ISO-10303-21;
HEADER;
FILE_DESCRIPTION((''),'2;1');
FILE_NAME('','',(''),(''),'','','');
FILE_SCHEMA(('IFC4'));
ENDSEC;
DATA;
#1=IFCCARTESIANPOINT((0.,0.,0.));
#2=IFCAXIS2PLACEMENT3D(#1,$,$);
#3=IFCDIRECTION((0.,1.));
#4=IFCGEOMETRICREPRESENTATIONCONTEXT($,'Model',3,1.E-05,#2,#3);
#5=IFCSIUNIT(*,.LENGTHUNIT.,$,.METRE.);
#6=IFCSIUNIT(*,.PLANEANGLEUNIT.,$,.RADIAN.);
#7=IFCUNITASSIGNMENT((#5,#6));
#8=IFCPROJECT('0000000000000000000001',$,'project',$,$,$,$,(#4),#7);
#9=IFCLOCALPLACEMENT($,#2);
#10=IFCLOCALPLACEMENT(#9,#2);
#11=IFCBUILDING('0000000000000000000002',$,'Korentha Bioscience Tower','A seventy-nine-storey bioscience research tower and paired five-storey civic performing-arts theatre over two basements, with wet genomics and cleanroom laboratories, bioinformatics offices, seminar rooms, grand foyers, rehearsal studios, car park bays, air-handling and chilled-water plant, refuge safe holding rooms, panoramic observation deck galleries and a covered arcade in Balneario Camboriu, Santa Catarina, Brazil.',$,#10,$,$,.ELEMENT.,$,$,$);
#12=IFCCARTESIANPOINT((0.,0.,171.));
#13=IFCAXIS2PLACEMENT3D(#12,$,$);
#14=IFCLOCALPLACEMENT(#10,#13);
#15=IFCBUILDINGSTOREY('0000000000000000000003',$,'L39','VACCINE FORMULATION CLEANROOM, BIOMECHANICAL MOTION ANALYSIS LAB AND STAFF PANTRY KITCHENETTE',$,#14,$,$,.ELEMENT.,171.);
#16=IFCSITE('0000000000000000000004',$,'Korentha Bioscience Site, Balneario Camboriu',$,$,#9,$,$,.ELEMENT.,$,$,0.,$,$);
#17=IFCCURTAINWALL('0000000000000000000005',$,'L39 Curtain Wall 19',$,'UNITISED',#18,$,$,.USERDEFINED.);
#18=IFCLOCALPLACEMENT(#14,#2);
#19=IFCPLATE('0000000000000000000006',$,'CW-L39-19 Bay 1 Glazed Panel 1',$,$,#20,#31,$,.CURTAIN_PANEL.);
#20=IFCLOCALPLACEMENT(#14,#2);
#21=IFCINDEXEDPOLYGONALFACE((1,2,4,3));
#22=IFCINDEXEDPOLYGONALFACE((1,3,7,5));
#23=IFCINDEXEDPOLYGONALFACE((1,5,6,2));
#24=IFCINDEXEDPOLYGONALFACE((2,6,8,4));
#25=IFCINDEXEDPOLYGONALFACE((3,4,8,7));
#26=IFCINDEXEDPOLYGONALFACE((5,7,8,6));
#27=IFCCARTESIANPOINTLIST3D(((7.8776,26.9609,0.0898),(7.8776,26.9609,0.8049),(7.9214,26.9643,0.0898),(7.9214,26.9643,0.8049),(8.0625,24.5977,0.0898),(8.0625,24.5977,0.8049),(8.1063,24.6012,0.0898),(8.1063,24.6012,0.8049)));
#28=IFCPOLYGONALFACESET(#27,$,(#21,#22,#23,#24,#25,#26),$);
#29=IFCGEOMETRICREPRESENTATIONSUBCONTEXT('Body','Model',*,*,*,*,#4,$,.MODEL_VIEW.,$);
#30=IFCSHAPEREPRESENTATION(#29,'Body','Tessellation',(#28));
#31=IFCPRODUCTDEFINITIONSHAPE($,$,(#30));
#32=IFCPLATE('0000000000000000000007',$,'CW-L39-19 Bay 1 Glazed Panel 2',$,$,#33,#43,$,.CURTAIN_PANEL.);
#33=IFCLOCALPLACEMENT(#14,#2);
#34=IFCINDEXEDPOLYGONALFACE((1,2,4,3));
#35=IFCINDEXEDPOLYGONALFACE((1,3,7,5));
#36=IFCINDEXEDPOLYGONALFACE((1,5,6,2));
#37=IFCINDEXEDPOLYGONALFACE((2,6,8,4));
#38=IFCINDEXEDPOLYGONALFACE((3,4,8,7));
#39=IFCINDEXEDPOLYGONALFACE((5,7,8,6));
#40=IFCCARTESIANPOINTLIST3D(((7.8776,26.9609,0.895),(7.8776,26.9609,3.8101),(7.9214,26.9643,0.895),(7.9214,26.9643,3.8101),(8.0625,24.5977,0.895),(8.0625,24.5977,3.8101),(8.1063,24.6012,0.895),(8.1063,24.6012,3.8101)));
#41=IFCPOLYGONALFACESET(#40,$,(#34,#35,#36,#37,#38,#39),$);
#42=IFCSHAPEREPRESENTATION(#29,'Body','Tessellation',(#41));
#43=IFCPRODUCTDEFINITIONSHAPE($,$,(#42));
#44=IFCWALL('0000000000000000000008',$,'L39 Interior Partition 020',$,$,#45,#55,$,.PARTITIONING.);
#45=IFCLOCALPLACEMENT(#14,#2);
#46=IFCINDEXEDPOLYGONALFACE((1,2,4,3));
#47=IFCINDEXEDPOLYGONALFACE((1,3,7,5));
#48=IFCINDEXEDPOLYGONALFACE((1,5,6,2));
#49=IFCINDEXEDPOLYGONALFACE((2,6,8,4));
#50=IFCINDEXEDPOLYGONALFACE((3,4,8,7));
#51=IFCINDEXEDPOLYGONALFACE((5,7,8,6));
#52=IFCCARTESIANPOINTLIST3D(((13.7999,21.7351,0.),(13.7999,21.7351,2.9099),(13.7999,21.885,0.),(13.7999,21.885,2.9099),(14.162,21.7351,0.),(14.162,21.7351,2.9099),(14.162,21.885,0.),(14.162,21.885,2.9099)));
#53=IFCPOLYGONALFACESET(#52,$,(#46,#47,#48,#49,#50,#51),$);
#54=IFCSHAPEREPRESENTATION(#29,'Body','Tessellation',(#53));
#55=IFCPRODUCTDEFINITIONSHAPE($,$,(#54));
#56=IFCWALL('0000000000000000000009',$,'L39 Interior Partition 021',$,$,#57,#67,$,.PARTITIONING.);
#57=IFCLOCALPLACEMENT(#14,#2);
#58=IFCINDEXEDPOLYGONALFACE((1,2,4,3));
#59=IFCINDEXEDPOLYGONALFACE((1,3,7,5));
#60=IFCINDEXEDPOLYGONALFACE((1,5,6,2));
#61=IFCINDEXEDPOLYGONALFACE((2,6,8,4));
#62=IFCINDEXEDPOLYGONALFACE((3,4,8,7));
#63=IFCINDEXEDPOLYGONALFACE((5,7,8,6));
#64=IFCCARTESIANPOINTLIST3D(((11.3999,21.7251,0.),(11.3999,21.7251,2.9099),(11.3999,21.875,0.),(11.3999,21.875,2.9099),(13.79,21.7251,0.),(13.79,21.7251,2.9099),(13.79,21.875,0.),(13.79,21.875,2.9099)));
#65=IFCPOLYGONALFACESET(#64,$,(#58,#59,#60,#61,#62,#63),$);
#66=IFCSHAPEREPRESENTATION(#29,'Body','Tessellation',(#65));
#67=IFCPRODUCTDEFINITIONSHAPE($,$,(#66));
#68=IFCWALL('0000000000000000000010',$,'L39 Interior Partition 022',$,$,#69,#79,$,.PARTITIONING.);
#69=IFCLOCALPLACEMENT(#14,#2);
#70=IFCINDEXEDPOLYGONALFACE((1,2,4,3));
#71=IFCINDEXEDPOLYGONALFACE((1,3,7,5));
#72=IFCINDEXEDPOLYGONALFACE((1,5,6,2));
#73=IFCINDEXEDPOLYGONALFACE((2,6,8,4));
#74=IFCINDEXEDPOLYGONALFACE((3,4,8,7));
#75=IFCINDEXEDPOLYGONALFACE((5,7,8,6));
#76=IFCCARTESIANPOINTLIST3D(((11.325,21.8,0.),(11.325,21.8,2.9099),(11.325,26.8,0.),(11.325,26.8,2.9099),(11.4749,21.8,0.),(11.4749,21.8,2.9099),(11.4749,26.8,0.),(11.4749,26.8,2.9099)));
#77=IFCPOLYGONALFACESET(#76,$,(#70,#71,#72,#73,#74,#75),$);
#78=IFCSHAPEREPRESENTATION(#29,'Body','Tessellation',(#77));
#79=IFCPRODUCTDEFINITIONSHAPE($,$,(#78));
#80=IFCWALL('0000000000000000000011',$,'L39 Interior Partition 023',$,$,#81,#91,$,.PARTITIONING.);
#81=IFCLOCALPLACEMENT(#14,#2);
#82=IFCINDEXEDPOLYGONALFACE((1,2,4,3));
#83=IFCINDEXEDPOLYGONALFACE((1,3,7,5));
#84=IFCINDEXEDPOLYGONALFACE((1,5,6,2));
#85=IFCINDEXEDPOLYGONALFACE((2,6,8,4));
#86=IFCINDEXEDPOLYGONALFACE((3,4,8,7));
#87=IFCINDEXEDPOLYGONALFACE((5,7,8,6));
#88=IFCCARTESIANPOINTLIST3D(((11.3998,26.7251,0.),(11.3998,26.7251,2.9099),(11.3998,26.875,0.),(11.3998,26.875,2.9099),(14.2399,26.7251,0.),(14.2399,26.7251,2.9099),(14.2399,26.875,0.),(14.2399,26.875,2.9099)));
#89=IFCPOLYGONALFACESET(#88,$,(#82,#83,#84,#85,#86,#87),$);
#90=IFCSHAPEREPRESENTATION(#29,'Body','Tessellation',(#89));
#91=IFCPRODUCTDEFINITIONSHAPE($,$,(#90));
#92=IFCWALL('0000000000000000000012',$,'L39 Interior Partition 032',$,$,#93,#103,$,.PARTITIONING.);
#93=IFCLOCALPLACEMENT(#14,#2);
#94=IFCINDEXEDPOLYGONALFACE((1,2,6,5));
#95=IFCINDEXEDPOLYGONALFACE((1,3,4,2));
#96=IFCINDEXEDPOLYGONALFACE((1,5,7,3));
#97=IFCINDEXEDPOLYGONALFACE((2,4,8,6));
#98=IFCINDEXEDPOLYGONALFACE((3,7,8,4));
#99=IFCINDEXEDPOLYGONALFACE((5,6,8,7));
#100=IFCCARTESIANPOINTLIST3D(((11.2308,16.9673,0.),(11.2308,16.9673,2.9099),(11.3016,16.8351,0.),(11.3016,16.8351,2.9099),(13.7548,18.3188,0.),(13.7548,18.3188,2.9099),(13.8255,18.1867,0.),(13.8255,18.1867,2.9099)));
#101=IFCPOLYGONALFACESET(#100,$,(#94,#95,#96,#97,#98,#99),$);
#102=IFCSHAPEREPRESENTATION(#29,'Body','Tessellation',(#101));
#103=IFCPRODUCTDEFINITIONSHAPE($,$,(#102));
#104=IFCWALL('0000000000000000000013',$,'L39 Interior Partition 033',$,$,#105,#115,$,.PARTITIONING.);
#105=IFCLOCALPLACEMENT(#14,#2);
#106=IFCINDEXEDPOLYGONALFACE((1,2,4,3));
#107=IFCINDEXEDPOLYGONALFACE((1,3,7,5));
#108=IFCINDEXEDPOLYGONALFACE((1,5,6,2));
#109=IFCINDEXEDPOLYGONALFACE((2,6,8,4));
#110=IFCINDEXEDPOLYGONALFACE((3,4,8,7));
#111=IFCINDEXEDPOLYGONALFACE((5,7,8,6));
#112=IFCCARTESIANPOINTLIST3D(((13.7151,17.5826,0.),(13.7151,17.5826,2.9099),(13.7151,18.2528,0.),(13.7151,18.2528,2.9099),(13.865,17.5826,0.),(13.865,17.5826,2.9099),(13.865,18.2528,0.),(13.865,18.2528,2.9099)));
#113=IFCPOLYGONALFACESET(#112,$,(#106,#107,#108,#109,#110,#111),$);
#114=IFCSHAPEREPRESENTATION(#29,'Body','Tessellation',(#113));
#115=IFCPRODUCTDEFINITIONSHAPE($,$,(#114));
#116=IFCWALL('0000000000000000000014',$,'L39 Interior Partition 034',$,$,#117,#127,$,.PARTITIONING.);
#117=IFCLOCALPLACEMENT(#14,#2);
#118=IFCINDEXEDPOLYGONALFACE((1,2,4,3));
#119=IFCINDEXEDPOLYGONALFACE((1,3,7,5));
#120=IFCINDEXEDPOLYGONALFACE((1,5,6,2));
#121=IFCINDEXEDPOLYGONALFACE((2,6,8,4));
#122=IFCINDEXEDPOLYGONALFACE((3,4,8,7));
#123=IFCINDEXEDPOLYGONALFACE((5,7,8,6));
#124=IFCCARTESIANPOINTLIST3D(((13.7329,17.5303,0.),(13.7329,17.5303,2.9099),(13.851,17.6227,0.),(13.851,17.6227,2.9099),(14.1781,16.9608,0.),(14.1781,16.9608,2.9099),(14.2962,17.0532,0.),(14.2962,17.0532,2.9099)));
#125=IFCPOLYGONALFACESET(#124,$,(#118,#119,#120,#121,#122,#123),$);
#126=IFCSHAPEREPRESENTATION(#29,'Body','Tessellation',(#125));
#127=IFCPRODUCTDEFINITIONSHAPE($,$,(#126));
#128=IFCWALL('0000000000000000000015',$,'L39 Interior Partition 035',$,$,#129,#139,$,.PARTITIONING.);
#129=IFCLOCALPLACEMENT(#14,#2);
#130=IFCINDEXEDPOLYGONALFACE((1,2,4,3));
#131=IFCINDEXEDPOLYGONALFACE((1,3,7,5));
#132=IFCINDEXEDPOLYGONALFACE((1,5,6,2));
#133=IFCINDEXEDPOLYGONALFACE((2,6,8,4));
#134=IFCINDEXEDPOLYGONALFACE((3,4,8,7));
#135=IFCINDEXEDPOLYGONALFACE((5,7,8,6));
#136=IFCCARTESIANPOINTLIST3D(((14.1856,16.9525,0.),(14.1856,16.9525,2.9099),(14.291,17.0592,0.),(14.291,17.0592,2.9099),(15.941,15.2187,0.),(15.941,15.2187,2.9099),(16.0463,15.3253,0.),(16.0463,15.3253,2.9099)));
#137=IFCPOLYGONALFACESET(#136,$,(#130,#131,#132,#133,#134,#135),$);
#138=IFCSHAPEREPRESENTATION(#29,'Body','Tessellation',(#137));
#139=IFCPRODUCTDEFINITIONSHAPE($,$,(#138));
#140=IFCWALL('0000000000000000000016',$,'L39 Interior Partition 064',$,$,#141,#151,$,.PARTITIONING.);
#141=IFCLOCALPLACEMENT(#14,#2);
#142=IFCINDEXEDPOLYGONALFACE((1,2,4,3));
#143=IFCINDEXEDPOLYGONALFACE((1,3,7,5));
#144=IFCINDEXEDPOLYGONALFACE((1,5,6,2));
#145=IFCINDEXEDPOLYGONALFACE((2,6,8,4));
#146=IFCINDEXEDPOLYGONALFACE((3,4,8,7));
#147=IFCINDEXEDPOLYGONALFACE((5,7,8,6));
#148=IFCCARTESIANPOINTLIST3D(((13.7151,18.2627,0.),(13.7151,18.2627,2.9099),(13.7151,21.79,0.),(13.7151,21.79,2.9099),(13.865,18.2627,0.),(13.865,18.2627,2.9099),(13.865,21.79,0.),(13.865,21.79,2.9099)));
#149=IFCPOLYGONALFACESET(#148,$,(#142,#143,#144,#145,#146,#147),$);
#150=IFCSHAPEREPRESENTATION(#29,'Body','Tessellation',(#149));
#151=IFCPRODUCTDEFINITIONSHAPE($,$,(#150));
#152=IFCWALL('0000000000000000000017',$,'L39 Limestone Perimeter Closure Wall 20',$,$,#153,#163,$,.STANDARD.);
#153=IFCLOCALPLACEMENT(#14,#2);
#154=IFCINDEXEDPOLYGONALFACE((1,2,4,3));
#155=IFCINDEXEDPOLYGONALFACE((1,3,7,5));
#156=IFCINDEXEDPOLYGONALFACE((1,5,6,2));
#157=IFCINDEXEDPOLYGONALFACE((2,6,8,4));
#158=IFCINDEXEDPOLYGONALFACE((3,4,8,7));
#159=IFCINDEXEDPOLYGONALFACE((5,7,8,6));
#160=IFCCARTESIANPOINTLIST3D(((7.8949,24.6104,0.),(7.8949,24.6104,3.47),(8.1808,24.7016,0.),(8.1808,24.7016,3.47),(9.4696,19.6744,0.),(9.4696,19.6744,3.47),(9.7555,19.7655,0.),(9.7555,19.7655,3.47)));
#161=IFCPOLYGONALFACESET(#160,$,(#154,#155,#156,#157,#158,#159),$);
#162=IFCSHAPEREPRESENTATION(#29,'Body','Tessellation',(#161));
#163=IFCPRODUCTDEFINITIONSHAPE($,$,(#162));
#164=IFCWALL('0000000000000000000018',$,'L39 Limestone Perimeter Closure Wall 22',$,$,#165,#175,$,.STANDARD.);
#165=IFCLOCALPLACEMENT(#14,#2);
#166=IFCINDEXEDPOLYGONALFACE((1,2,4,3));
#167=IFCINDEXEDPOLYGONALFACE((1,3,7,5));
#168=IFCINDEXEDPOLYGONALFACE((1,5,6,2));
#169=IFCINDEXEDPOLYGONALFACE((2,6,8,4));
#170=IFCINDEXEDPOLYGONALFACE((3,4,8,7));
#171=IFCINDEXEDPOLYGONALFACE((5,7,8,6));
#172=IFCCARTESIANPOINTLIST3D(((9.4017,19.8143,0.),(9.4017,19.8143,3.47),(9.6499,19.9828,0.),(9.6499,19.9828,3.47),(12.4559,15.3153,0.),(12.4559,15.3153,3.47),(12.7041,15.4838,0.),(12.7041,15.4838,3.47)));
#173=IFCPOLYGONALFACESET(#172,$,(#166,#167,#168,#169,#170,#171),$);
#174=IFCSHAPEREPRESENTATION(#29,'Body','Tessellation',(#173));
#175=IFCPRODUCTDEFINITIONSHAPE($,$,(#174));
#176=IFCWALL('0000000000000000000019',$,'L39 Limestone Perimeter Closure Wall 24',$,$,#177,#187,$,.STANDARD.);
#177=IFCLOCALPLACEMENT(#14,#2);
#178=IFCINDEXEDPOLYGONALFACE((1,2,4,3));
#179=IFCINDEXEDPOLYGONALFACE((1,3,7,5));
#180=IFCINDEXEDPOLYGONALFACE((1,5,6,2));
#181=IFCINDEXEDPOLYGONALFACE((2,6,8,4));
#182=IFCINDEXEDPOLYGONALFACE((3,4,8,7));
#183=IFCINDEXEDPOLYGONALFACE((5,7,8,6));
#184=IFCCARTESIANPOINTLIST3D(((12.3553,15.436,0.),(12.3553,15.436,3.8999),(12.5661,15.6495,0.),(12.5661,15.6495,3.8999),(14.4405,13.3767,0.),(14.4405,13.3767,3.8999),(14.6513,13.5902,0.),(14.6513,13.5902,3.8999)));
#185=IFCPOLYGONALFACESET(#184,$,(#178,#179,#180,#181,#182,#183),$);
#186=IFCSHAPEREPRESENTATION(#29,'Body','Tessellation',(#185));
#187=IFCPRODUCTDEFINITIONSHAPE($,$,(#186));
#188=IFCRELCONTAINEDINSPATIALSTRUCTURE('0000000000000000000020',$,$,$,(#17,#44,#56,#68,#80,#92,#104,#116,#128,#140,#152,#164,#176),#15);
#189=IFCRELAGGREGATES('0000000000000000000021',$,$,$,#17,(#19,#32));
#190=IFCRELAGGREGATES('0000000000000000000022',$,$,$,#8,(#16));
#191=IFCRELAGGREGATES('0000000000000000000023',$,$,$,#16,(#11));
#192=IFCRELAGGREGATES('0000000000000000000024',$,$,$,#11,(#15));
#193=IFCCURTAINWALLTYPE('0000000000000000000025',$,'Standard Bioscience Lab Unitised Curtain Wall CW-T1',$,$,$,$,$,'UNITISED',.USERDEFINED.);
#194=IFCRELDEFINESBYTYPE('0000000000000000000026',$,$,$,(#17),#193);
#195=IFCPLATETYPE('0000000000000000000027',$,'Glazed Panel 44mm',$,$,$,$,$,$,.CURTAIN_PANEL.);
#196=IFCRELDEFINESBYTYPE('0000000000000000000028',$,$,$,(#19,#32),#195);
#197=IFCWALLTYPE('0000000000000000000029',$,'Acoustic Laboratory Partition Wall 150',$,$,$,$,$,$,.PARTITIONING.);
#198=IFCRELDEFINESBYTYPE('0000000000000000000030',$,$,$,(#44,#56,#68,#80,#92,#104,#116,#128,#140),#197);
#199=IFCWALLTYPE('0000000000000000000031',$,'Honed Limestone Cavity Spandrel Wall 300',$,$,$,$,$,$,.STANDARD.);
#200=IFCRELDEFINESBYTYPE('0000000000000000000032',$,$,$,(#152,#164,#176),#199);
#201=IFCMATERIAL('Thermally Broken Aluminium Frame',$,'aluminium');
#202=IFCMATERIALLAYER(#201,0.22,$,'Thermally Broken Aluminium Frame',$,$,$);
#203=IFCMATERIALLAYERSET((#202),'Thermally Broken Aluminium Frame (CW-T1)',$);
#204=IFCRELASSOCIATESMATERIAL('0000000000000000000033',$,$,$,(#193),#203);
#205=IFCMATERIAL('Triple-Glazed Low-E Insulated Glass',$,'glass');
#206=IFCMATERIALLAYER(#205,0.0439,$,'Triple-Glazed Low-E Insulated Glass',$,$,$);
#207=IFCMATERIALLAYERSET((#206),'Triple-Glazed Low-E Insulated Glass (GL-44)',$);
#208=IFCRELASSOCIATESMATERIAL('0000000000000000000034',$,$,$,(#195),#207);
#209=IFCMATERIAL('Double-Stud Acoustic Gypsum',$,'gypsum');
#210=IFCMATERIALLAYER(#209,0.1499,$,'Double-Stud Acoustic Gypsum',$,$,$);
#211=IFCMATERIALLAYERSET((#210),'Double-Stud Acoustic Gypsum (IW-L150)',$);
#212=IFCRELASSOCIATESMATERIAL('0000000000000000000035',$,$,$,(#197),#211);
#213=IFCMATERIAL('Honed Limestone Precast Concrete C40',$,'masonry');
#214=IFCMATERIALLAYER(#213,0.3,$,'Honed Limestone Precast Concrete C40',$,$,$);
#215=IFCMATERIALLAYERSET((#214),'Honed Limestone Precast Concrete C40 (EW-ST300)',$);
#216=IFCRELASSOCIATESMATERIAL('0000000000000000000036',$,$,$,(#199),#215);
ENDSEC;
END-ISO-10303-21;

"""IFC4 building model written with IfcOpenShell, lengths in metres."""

from ifc_helpers import new_model, si_unit, direction, frame, frame_2d, origin, origin_2d, place, context, subcontext, project, spatial, rectangle, extrude, material, layer, layer_set, type_object, element, aggregate, save


model = new_model("IFC4")

# Units and contexts
model_context = context("Model", 3, precision=1e-05, world=origin(), true_north=direction((0.0, 1.0)))
body_context = subcontext(model_context, "Body", "Model", "MODEL_VIEW")
ifc_project = project(units=[si_unit("LENGTHUNIT", "METRE"), si_unit("PLANEANGLEUNIT", "RADIAN")], contexts=[model_context])

# Site, building, storey
site_placement = place(None, origin())
site = spatial("IfcSite", under=ifc_project, at=site_placement, Name="Korentha Bioscience Site, Balneario Camboriu", CompositionType="ELEMENT", RefElevation=0.0)
building_placement = place(site_placement, origin())
building = spatial("IfcBuilding", under=site, at=building_placement, Name="Korentha Bioscience Tower", Description="A seventy-nine-storey bioscience research tower and paired five-storey civic performing-arts theatre over two basements, with wet genomics and cleanroom laboratories, bioinformatics offices, seminar rooms, grand foyers, rehearsal studios, car park bays, air-handling and chilled-water plant, refuge safe holding rooms, panoramic observation deck galleries and a covered arcade in Balneario Camboriu, Santa Catarina, Brazil.", CompositionType="ELEMENT")
storey_placement = place(building_placement, frame((0.0, 0.0, 171.0)))
storey = spatial("IfcBuildingStorey", under=building, at=storey_placement, Name="L39", Description="VACCINE FORMULATION CLEANROOM, BIOMECHANICAL MOTION ANALYSIS LAB AND STAFF PANTRY KITCHENETTE", CompositionType="ELEMENT", Elevation=171.0)

# Curtain wall
ifc_material_1 = material(Name="Thermally Broken Aluminium Frame", Category="aluminium")
ifc_layer_1 = layer(ifc_material_1, 0.22, Name="Thermally Broken Aluminium Frame")
ifc_layer_set_1 = layer_set([ifc_layer_1], Name="Thermally Broken Aluminium Frame (CW-T1)")
curtain_wall_type = type_object("IfcCurtainWallType", Name="Standard Bioscience Lab Unitised Curtain Wall CW-T1", ElementType="UNITISED", PredefinedType="USERDEFINED", material=ifc_layer_set_1)
curtain_wall_1_placement = place(storey_placement, origin())
curtain_wall_1 = element("IfcCurtainWall", 1, at=curtain_wall_1_placement, inside=storey, type_object=curtain_wall_type, Name="L39 Curtain Wall 19", ObjectType="UNITISED", PredefinedType="USERDEFINED")

# Plates
ifc_material_2 = material(Name="Triple-Glazed Low-E Insulated Glass", Category="glass")
ifc_layer_2 = layer(ifc_material_2, 0.0439, Name="Triple-Glazed Low-E Insulated Glass")
ifc_layer_set_2 = layer_set([ifc_layer_2], Name="Triple-Glazed Low-E Insulated Glass (GL-44)")
plate_type = type_object("IfcPlateType", Name="Glazed Panel 44mm", PredefinedType="CURTAIN_PANEL", material=ifc_layer_set_2)
plate_1_placement = place(storey_placement, frame((7.9919, 25.781, 0.0898), z_axis=(0.0, 0.0, 1.0), x_axis=(0.078031, -0.996951, 0.0)))
plate_1 = element("IfcPlate", 2, at=plate_1_placement, type_object=plate_type, Name="CW-L39-19 Bay 1 Glazed Panel 1", PredefinedType="CURTAIN_PANEL", context=body_context, shape_type="SweptSolid", body=[
    extrude(rectangle(XDim=2.3704, YDim=0.0439, at=origin_2d()), origin(), (0.0, 0.0, 1.0), 0.7151),
])
plate_2_placement = place(storey_placement, frame((7.9919, 25.781, 0.895), z_axis=(0.0, 0.0, 1.0), x_axis=(0.078031, -0.996951, 0.0)))
plate_2 = element("IfcPlate", 3, at=plate_2_placement, type_object=plate_type, Name="CW-L39-19 Bay 1 Glazed Panel 2", PredefinedType="CURTAIN_PANEL", context=body_context, shape_type="SweptSolid", body=[
    extrude(rectangle(XDim=2.3704, YDim=0.0439, at=origin_2d()), origin(), (0.0, 0.0, 1.0), 2.915),
])
aggregate(curtain_wall_1, [plate_1, plate_2])

# Shared definitions
ifc_material_3 = material(Name="Double-Stud Acoustic Gypsum", Category="gypsum")
ifc_layer_3 = layer(ifc_material_3, 0.1499, Name="Double-Stud Acoustic Gypsum")
ifc_layer_set_3 = layer_set([ifc_layer_3], Name="Double-Stud Acoustic Gypsum (IW-L150)")
wall_type_1 = type_object("IfcWallType", Name="Acoustic Laboratory Partition Wall 150", PredefinedType="PARTITIONING", material=ifc_layer_set_3)

# Walls
wall_1_placement = place(storey_placement, frame((14.1621, 21.8101, 0.0), z_axis=(0.0, 0.0, 1.0), x_axis=(-1.0, 0.0, 0.0)))
element("IfcWall", 4, at=wall_1_placement, inside=storey, type_object=wall_type_1, Name="L39 Interior Partition 020", PredefinedType="PARTITIONING", context=body_context, shape_type="SweptSolid", body=[
    extrude(rectangle(XDim=0.3621, YDim=0.1499, at=frame_2d((0.1812, 0.0))), origin(), (0.0, 0.0, 1.0), 2.9099),
])
wall_2_placement = place(storey_placement, frame((13.79, 21.8, 0.0), z_axis=(0.0, 0.0, 1.0), x_axis=(-1.0, 0.0, 0.0)))
element("IfcWall", 5, at=wall_2_placement, inside=storey, type_object=wall_type_1, Name="L39 Interior Partition 021", PredefinedType="PARTITIONING", context=body_context, shape_type="SweptSolid", body=[
    extrude(rectangle(XDim=2.3901, YDim=0.1499, at=frame_2d((1.1951, 0.0))), origin(), (0.0, 0.0, 1.0), 2.9099),
])
wall_3_placement = place(storey_placement, frame((11.3999, 21.8, 0.0), z_axis=(0.0, 0.0, 1.0), x_axis=(0.0, 1.0, 0.0)))
element("IfcWall", 6, at=wall_3_placement, inside=storey, type_object=wall_type_1, Name="L39 Interior Partition 022", PredefinedType="PARTITIONING", context=body_context, shape_type="SweptSolid", body=[
    extrude(rectangle(XDim=5.0, YDim=0.1499, at=frame_2d((2.5, 0.0))), origin(), (0.0, 0.0, 1.0), 2.9099),
])
wall_4_placement = place(storey_placement, frame((11.3999, 26.8, 0.0), z_axis=(0.0, 0.0, 1.0), x_axis=(1.0, 0.0, 0.0)))
element("IfcWall", 7, at=wall_4_placement, inside=storey, type_object=wall_type_1, Name="L39 Interior Partition 023", PredefinedType="PARTITIONING", context=body_context, shape_type="SweptSolid", body=[
    extrude(rectangle(XDim=2.8401, YDim=0.1499, at=frame_2d((1.4199, 0.0))), origin(), (0.0, 0.0, 1.0), 2.9099),
])
wall_5_placement = place(storey_placement, frame((11.2661, 16.9011, 0.0), z_axis=(0.0, 0.0, 1.0), x_axis=(0.881559, 0.472075, 0.0)))
element("IfcWall", 8, at=wall_5_placement, inside=storey, type_object=wall_type_1, Name="L39 Interior Partition 032", PredefinedType="PARTITIONING", context=body_context, shape_type="SweptSolid", body=[
    extrude(rectangle(XDim=2.863, YDim=0.1499, at=frame_2d((1.4316, 0.0))), origin(), (0.0, 0.0, 1.0), 2.9099),
])
wall_6_placement = place(storey_placement, frame((13.79, 18.2527, 0.0), z_axis=(0.0, 0.0, 1.0), x_axis=(0.0, -1.0, 0.0)))
element("IfcWall", 9, at=wall_6_placement, inside=storey, type_object=wall_type_1, Name="L39 Interior Partition 033", PredefinedType="PARTITIONING", context=body_context, shape_type="SweptSolid", body=[
    extrude(rectangle(XDim=0.6702, YDim=0.1499, at=frame_2d((0.335, 0.0))), origin(), (0.0, 0.0, 1.0), 2.9099),
])
wall_7_placement = place(storey_placement, frame((13.792, 17.5764, 0.0), z_axis=(0.0, 0.0, 1.0), x_axis=(0.615926, -0.787804, 0.0)))
element("IfcWall", 10, at=wall_7_placement, inside=storey, type_object=wall_type_1, Name="L39 Interior Partition 034", PredefinedType="PARTITIONING", context=body_context, shape_type="SweptSolid", body=[
    extrude(rectangle(XDim=0.7229, YDim=0.1499, at=frame_2d((0.3613, 0.0))), origin(), (0.0, 0.0, 1.0), 2.9099),
])
wall_8_placement = place(storey_placement, frame((14.2383, 17.0059, 0.0), z_axis=(0.0, 0.0, 1.0), x_axis=(0.711447, -0.70274, 0.0)))
element("IfcWall", 11, at=wall_8_placement, inside=storey, type_object=wall_type_1, Name="L39 Interior Partition 035", PredefinedType="PARTITIONING", context=body_context, shape_type="SweptSolid", body=[
    extrude(rectangle(XDim=2.4673, YDim=0.1499, at=frame_2d((1.2336, 0.0))), origin(), (0.0, 0.0, 1.0), 2.9099),
])
wall_9_placement = place(storey_placement, frame((13.79, 21.79, 0.0), z_axis=(0.0, 0.0, 1.0), x_axis=(0.0, -1.0, 0.0)))
element("IfcWall", 12, at=wall_9_placement, inside=storey, type_object=wall_type_1, Name="L39 Interior Partition 064", PredefinedType="PARTITIONING", context=body_context, shape_type="SweptSolid", body=[
    extrude(rectangle(XDim=3.5273, YDim=0.1499, at=frame_2d((1.7637, 0.0))), origin(), (0.0, 0.0, 1.0), 2.9099),
])
ifc_material_4 = material(Name="Honed Limestone Precast Concrete C40", Category="masonry")
ifc_layer_4 = layer(ifc_material_4, 0.3, Name="Honed Limestone Precast Concrete C40")
ifc_layer_set_4 = layer_set([ifc_layer_4], Name="Honed Limestone Precast Concrete C40 (EW-ST300)")
wall_type_2 = type_object("IfcWallType", Name="Honed Limestone Cavity Spandrel Wall 300", PredefinedType="STANDARD", material=ifc_layer_set_4)
wall_10_placement = place(storey_placement, frame((8.0378, 24.656, 0.0), z_axis=(0.0, 0.0, 1.0), x_axis=(0.303931, -0.952694, 0.0)))
element("IfcWall", 13, at=wall_10_placement, inside=storey, type_object=wall_type_2, Name="L39 Limestone Perimeter Closure Wall 20", PredefinedType="STANDARD", context=body_context, shape_type="SweptSolid", body=[
    extrude(rectangle(XDim=5.1812, YDim=0.3, at=frame_2d((2.5906, 0.0))), origin(), (0.0, 0.0, 1.0), 3.47),
])
wall_11_placement = place(storey_placement, frame((9.5259, 19.8984, 0.0), z_axis=(0.0, 0.0, 1.0), x_axis=(0.561664, -0.827365, 0.0)))
element("IfcWall", 14, at=wall_11_placement, inside=storey, type_object=wall_type_2, Name="L39 Limestone Perimeter Closure Wall 22", PredefinedType="STANDARD", context=body_context, shape_type="SweptSolid", body=[
    extrude(rectangle(XDim=5.4377, YDim=0.3, at=frame_2d((2.7188, 0.0))), origin(), (0.0, 0.0, 1.0), 3.47),
])
wall_12_placement = place(storey_placement, frame((12.4607, 15.5427, 0.0), z_axis=(0.0, 0.0, 1.0), x_axis=(0.711508, -0.702678, 0.0)))
element("IfcWall", 15, at=wall_12_placement, inside=storey, type_object=wall_type_2, Name="L39 Limestone Perimeter Closure Wall 24", PredefinedType="STANDARD", context=body_context, shape_type="SweptSolid", body=[
    extrude(rectangle(XDim=2.9307, YDim=0.3, at=frame_2d((1.4653, 0.0))), origin(), (0.0, 0.0, 1.0), 3.8999),
])

save(model, "model.ifc")
